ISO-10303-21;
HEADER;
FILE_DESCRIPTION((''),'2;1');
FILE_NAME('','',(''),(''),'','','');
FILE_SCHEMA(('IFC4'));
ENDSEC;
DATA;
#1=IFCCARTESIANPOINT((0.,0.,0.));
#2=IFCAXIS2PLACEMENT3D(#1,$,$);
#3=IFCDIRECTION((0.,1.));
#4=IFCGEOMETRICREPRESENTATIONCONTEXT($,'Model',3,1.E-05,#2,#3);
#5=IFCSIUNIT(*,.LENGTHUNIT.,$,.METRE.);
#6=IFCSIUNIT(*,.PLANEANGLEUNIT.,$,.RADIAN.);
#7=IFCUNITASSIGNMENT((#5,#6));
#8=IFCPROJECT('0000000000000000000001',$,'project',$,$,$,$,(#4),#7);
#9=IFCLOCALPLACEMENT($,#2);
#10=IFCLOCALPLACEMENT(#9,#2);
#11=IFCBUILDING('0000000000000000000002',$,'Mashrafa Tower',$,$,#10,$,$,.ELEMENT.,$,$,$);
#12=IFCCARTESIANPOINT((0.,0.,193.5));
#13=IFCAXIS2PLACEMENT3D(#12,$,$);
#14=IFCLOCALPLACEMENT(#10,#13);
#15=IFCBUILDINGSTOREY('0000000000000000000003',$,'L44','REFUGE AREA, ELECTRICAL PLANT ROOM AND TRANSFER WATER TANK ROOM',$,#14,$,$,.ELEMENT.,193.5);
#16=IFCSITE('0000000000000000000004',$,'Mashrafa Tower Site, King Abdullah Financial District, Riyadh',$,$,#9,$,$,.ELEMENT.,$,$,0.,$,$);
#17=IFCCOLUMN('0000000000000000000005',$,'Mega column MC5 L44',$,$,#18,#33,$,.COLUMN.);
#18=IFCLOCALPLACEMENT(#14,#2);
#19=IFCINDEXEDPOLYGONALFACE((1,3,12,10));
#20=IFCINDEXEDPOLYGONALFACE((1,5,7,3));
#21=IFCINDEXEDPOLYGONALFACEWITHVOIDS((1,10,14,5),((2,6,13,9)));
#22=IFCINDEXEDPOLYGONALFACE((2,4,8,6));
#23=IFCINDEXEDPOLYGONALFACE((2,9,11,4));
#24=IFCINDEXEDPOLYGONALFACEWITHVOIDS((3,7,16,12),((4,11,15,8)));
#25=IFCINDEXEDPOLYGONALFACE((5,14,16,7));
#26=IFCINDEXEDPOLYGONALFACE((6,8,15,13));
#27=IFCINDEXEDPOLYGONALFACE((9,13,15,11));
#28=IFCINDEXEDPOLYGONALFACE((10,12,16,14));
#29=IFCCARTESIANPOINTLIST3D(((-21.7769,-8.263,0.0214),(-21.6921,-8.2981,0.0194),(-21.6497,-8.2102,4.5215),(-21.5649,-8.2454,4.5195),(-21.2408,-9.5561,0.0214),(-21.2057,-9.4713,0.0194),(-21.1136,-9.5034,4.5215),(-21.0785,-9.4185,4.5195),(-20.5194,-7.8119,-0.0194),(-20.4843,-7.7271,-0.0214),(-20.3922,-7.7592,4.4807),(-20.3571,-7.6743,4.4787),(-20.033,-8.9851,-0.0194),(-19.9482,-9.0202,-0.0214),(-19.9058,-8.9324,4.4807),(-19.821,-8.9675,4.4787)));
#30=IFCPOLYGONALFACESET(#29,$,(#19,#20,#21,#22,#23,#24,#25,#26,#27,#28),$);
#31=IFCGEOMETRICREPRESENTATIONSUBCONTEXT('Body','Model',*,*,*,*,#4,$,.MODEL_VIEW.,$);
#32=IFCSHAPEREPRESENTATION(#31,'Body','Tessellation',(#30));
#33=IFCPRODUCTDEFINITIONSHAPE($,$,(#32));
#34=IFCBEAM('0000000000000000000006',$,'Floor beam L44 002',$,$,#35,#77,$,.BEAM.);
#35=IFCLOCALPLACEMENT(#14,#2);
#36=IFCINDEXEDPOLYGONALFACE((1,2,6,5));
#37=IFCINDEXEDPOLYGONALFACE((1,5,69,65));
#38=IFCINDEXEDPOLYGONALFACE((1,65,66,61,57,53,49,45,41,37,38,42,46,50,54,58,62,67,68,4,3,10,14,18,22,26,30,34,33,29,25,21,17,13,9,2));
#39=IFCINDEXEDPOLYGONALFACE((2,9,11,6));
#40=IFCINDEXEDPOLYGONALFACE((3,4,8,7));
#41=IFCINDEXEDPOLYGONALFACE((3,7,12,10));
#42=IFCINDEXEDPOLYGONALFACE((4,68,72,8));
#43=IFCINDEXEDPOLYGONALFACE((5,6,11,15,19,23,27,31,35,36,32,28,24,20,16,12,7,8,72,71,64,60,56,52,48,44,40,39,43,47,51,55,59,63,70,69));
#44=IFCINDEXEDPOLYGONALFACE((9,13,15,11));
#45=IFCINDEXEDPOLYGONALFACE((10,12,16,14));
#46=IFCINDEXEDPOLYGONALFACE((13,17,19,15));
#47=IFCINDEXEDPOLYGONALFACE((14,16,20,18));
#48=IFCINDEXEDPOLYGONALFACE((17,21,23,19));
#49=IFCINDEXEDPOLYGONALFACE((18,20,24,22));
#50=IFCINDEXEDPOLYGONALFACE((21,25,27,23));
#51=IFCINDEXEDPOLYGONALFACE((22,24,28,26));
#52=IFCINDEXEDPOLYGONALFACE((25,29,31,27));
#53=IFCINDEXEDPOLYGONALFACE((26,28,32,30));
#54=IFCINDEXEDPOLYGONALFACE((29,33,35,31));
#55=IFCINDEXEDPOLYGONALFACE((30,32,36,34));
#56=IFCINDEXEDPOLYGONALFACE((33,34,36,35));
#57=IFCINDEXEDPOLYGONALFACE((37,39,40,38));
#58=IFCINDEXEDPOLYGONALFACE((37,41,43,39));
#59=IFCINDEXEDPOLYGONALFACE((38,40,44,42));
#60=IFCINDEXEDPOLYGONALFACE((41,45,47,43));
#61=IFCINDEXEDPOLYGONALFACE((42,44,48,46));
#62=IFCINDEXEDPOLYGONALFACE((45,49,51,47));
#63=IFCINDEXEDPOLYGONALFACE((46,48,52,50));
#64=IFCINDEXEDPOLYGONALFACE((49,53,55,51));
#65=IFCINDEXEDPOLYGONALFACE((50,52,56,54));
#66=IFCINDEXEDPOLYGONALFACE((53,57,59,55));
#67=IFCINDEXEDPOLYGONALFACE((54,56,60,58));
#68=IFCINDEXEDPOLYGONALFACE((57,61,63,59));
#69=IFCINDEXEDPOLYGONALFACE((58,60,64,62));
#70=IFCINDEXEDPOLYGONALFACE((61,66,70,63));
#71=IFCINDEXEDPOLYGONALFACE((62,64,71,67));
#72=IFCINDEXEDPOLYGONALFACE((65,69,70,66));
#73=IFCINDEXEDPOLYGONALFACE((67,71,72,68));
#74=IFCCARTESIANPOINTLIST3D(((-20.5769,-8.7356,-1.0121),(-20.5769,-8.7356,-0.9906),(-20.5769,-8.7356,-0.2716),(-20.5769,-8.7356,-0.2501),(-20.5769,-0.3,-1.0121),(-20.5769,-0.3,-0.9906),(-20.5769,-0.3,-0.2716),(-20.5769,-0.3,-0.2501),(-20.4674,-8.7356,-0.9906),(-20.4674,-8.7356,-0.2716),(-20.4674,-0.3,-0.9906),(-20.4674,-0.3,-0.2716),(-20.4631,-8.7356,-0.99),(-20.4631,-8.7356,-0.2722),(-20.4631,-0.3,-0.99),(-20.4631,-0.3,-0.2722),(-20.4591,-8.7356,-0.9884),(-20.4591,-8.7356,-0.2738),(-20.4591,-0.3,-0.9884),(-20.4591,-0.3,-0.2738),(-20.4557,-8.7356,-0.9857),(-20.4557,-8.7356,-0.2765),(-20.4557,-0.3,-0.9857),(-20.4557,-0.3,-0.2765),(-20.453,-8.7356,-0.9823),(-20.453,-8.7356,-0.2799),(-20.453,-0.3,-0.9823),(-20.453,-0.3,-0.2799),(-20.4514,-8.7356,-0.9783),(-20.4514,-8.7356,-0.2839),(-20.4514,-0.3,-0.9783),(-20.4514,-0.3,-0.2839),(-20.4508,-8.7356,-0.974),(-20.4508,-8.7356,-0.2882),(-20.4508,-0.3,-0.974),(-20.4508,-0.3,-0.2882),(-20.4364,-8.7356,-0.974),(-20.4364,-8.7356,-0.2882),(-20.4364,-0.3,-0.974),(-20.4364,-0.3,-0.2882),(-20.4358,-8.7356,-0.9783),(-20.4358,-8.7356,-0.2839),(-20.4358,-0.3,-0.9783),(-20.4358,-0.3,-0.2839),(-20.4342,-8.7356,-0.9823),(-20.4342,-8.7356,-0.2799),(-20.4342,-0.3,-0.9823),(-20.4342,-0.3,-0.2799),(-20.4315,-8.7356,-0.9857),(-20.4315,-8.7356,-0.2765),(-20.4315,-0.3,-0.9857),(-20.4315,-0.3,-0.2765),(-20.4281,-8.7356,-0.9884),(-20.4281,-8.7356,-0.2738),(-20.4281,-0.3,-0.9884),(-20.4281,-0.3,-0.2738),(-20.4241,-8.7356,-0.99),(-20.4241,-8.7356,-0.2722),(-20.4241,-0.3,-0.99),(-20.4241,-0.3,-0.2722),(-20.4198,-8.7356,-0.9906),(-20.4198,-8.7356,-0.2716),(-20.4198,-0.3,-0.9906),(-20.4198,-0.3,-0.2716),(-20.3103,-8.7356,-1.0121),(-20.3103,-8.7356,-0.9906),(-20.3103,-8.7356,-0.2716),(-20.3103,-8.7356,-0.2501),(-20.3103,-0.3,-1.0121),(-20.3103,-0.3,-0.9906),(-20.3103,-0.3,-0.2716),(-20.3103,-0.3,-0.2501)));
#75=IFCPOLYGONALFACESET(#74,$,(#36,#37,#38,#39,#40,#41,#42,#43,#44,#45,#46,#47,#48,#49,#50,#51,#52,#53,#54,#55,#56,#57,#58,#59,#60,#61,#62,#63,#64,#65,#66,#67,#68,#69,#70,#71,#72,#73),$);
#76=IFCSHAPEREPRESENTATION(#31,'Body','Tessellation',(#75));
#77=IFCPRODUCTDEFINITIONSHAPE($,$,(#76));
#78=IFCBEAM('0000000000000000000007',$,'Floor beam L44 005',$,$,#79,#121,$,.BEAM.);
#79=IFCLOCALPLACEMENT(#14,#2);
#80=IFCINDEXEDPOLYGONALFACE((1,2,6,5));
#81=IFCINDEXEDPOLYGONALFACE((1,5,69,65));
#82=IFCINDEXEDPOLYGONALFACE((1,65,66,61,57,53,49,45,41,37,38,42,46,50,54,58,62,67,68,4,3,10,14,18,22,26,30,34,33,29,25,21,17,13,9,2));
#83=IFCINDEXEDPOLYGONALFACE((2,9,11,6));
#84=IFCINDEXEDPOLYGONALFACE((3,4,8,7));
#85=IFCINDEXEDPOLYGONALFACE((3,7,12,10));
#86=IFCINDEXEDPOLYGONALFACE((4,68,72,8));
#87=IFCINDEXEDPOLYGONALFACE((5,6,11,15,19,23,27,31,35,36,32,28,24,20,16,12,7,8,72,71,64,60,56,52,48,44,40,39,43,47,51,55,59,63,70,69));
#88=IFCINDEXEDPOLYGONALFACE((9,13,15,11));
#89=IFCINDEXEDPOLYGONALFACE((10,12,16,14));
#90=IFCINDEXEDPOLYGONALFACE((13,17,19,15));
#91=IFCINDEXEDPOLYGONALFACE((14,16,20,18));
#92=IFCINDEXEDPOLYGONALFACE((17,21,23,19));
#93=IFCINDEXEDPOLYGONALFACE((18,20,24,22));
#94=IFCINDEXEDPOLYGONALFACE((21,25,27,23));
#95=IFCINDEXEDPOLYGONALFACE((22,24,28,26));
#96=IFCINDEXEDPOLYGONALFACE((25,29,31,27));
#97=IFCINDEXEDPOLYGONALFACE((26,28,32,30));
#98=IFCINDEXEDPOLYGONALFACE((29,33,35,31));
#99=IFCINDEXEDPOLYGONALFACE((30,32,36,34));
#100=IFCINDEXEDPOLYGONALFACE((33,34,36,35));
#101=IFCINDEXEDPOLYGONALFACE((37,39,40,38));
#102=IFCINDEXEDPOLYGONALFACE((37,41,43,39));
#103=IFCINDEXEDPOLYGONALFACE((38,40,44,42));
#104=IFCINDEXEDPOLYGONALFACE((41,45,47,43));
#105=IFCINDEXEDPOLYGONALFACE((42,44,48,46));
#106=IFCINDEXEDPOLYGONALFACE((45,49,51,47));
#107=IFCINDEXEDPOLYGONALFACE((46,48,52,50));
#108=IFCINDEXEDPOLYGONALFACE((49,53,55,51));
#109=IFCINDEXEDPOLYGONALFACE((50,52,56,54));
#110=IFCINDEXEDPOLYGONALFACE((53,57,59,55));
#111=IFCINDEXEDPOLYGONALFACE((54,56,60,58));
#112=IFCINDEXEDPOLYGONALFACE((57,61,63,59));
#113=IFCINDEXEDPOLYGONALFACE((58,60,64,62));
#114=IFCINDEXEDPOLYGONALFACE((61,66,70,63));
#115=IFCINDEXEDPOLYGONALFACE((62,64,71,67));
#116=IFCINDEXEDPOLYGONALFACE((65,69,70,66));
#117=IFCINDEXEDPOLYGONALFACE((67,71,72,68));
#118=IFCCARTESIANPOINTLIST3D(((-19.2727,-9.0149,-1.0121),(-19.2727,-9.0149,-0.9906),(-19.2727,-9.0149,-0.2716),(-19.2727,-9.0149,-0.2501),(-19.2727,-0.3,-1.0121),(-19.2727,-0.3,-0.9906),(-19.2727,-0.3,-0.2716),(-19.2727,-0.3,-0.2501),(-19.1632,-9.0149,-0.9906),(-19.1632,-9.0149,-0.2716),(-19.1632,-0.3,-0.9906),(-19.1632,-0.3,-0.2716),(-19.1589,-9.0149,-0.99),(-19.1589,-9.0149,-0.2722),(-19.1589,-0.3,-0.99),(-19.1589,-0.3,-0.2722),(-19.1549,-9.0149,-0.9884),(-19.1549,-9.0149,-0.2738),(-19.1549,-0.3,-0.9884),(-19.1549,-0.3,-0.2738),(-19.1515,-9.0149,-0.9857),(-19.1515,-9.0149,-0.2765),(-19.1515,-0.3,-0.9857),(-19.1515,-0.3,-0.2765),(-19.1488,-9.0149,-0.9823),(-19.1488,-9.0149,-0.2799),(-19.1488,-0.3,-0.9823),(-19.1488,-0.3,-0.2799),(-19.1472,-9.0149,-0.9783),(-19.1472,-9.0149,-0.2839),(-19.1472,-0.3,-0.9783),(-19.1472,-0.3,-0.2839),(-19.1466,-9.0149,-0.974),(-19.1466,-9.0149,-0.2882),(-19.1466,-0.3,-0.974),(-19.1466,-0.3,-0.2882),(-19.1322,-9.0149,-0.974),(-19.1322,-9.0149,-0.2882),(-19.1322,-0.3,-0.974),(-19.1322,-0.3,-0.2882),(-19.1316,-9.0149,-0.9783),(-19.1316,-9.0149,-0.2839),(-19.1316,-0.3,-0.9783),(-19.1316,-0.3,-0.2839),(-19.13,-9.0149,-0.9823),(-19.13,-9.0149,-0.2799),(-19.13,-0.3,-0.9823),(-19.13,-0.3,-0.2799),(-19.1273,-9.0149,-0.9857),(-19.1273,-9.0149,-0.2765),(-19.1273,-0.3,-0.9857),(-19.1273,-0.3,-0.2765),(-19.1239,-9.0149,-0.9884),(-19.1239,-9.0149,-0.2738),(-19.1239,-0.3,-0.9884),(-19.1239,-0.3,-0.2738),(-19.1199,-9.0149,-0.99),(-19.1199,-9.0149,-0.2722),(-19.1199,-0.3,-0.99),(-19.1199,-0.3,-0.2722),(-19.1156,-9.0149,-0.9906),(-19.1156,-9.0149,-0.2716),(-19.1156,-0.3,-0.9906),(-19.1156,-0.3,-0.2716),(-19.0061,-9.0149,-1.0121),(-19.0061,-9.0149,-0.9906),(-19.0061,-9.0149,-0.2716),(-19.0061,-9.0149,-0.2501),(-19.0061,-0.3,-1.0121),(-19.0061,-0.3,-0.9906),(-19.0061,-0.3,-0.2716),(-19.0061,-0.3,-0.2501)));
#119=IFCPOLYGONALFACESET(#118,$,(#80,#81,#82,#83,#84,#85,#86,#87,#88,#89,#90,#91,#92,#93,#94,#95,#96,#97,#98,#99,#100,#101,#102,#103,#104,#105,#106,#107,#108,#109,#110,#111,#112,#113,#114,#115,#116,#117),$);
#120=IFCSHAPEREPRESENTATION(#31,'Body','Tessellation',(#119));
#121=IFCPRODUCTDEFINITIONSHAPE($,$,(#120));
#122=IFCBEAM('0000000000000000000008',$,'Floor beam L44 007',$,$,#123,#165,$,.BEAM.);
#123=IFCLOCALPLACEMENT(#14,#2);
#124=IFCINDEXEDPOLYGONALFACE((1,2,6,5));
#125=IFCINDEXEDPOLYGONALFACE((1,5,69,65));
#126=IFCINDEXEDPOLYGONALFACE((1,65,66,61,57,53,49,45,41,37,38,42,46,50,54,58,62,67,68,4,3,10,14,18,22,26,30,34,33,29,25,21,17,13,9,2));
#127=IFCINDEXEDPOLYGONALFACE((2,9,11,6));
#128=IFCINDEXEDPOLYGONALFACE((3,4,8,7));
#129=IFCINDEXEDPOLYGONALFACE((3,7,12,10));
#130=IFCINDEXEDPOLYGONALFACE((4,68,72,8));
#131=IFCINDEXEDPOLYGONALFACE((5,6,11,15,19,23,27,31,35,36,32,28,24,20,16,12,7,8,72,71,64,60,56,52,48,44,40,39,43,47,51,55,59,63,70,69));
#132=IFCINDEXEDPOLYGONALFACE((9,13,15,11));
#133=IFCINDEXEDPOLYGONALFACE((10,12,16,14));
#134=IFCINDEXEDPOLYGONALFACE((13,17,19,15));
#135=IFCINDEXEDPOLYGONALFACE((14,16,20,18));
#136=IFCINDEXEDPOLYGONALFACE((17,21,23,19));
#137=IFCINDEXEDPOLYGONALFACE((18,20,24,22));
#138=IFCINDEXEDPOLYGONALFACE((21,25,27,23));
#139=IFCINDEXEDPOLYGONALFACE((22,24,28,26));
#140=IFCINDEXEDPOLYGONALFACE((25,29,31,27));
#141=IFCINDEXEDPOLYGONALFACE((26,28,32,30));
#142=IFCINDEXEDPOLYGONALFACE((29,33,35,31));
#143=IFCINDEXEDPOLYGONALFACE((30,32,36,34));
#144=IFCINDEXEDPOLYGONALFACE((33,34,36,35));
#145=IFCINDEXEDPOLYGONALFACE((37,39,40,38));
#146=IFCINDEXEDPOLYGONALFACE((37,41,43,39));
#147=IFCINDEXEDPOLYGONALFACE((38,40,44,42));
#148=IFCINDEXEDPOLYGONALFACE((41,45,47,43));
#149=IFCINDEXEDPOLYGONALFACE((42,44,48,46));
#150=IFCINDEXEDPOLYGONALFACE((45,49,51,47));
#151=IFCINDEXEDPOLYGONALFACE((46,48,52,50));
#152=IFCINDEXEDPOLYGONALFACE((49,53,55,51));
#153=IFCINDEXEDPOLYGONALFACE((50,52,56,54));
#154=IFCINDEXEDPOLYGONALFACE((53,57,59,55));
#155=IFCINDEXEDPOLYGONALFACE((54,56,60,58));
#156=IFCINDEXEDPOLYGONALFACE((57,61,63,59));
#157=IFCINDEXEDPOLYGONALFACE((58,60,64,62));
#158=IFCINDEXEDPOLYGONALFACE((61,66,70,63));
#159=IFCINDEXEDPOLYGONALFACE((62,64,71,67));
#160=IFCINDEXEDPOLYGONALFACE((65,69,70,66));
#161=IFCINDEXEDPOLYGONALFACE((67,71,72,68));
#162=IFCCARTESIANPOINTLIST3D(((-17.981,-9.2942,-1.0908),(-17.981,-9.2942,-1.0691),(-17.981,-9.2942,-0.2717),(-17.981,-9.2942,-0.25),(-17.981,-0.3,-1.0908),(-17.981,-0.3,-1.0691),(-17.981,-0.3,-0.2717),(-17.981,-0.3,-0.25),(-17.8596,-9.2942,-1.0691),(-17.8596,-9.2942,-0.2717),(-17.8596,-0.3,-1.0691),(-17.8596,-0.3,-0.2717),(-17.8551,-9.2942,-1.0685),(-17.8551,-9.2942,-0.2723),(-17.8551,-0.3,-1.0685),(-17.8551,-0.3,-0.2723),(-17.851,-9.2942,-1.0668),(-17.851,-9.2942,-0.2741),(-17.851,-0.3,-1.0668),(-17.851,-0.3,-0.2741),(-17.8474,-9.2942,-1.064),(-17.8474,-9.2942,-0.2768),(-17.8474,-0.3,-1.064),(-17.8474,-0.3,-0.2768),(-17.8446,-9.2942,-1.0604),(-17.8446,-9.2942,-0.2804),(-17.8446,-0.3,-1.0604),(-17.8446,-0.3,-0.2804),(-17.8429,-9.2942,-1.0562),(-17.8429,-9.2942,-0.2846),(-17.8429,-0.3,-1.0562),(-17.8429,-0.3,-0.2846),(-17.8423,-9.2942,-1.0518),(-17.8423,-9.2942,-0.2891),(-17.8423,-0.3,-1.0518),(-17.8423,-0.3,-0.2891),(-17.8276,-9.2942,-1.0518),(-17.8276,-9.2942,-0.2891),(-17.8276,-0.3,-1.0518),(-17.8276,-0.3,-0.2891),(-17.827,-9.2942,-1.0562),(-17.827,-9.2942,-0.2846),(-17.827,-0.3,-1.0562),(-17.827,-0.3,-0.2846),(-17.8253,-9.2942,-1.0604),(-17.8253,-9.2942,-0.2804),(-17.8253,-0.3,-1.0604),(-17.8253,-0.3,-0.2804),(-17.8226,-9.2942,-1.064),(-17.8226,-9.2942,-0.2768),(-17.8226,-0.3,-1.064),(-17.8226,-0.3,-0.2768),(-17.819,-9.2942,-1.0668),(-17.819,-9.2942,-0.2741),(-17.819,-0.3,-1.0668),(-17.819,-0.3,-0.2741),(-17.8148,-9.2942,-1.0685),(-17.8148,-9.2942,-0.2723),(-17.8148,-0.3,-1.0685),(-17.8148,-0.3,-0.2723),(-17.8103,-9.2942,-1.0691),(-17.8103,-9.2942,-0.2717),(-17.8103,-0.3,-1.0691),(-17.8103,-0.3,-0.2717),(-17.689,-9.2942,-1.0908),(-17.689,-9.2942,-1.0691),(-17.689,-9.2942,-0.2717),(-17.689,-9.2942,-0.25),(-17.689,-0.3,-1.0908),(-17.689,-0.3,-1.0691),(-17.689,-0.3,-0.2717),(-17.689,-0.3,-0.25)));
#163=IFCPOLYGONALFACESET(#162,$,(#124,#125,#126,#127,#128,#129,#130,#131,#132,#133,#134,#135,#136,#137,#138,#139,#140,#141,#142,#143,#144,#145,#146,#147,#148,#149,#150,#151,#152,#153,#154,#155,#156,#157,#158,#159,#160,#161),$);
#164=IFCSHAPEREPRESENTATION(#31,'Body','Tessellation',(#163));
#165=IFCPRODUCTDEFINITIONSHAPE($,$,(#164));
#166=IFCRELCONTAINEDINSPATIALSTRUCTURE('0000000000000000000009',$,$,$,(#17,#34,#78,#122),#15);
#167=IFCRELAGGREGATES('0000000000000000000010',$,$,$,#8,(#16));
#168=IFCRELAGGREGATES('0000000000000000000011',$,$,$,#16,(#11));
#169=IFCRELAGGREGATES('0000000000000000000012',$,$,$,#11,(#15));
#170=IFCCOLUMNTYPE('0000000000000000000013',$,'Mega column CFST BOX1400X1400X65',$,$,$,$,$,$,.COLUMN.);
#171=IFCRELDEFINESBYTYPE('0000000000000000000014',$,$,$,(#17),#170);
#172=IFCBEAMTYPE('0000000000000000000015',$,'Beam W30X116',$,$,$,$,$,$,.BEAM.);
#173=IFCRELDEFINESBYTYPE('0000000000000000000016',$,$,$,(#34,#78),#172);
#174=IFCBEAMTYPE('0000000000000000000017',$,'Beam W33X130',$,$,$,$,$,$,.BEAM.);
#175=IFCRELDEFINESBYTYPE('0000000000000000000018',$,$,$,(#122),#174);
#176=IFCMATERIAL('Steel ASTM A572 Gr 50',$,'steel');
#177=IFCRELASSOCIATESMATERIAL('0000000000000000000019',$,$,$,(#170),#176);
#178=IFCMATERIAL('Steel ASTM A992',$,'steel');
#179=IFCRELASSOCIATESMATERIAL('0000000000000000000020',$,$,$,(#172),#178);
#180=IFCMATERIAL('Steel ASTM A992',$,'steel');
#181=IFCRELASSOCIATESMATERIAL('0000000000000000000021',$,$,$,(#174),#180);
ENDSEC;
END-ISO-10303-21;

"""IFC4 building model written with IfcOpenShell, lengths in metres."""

from ifc_helpers import new_model, si_unit, direction, frame, origin, origin_2d, place, context, subcontext, project, spatial, hollow_rectangle, i_section, extrude, material, material_profile, profile_set, type_object, element, save


model = new_model("IFC4")

# Units and contexts
model_context = context("Model", 3, precision=1e-05, world=origin(), true_north=direction((0.0, 1.0)))
body_context = subcontext(model_context, "Body", "Model", "MODEL_VIEW")
ifc_project = project(units=[si_unit("LENGTHUNIT", "METRE"), si_unit("PLANEANGLEUNIT", "RADIAN")], contexts=[model_context])

# Site, building, storey
site_placement = place(None, origin())
site = spatial("IfcSite", under=ifc_project, at=site_placement, Name="Mashrafa Tower Site, King Abdullah Financial District, Riyadh", CompositionType="ELEMENT", RefElevation=0.0)
building_placement = place(site_placement, origin())
building = spatial("IfcBuilding", under=site, at=building_placement, Name="Mashrafa Tower", CompositionType="ELEMENT")
storey_placement = place(building_placement, frame((0.0, 0.0, 193.5)))
storey = spatial("IfcBuildingStorey", under=building, at=storey_placement, Name="L44", Description="REFUGE AREA, ELECTRICAL PLANT ROOM AND TRANSFER WATER TANK ROOM", CompositionType="ELEMENT", Elevation=193.5)

# Column
ifc_material_1 = material(Name="Steel ASTM A572 Gr 50", Category="steel")
ifc_material_profile_1 = material_profile(ifc_material_1, hollow_rectangle(XDim=1.3999, YDim=1.3999, WallThickness=0.0649, at=origin_2d()), Name="BOX1400X1400X65")
ifc_profile_set_1 = profile_set([ifc_material_profile_1], Name="Steel ASTM A572 Gr 50")
column_type = type_object("IfcColumnType", Name="Mega column CFST BOX1400X1400X65", PredefinedType="COLUMN", material=ifc_profile_set_1)
column_placement = place(storey_placement, frame((-20.8625, -8.6416, 0.0), z_axis=(0.028253, 0.011713, 0.999532), x_axis=(-0.382978, 0.923757, 0.0)))
element("IfcColumn", 1, at=column_placement, inside=storey, type_object=column_type, Name="Mega column MC5 L44", PredefinedType="COLUMN", context=body_context, shape_type="SweptSolid", body=[
    extrude(hollow_rectangle(XDim=1.3999, YDim=1.3999, WallThickness=0.0649, at=origin_2d()), origin(), (0.0, 0.0, 1.0), 4.5022),
])

# Beams
ifc_material_2 = material(Name="Steel ASTM A992", Category="steel")
ifc_material_profile_2 = material_profile(ifc_material_2, i_section(OverallWidth=0.2666, OverallDepth=0.762, WebThickness=0.0144, FlangeThickness=0.0215, FilletRadius=0.0166, at=origin_2d()), Name="W30X116")
ifc_profile_set_2 = profile_set([ifc_material_profile_2], Name="Steel ASTM A992")
beam_type_1 = type_object("IfcBeamType", Name="Beam W30X116", PredefinedType="BEAM", material=ifc_profile_set_2)
beam_1_placement = place(storey_placement, frame((-20.4436, -8.7356, -0.6311), z_axis=(0.0, 1.0, 0.0), x_axis=(-1.0, 0.0, 0.0)))
element("IfcBeam", 2, at=beam_1_placement, inside=storey, type_object=beam_type_1, Name="Floor beam L44 002", PredefinedType="BEAM", context=body_context, shape_type="SweptSolid", body=[
    extrude(i_section(OverallWidth=0.2666, OverallDepth=0.762, WebThickness=0.0144, FlangeThickness=0.0215, FilletRadius=0.0166, at=origin_2d()), origin(), (0.0, 0.0, 1.0), 8.4355),
])
beam_2_placement = place(storey_placement, frame((-19.1394, -9.0149, -0.6311), z_axis=(0.0, 1.0, 0.0), x_axis=(-1.0, 0.0, 0.0)))
element("IfcBeam", 3, at=beam_2_placement, inside=storey, type_object=beam_type_1, Name="Floor beam L44 005", PredefinedType="BEAM", context=body_context, shape_type="SweptSolid", body=[
    extrude(i_section(OverallWidth=0.2666, OverallDepth=0.762, WebThickness=0.0144, FlangeThickness=0.0215, FilletRadius=0.0166, at=origin_2d()), origin(), (0.0, 0.0, 1.0), 8.7148),
])
ifc_material_3 = material(Name="Steel ASTM A992", Category="steel")
ifc_material_profile_3 = material_profile(ifc_material_3, i_section(OverallWidth=0.292, OverallDepth=0.8408, WebThickness=0.0146, FlangeThickness=0.0217, FilletRadius=0.0173, at=origin_2d()), Name="W33X130")
ifc_profile_set_3 = profile_set([ifc_material_profile_3], Name="Steel ASTM A992")
beam_type_2 = type_object("IfcBeamType", Name="Beam W33X130", PredefinedType="BEAM", material=ifc_profile_set_3)
beam_3_placement = place(storey_placement, frame((-17.835, -9.2942, -0.6704), z_axis=(0.0, 1.0, 0.0), x_axis=(-1.0, 0.0, 0.0)))
element("IfcBeam", 4, at=beam_3_placement, inside=storey, type_object=beam_type_2, Name="Floor beam L44 007", PredefinedType="BEAM", context=body_context, shape_type="SweptSolid", body=[
    extrude(i_section(OverallWidth=0.292, OverallDepth=0.8408, WebThickness=0.0146, FlangeThickness=0.0217, FilletRadius=0.0173, at=origin_2d()), origin(), (0.0, 0.0, 1.0), 8.9941),
])

save(model, "model.ifc")
